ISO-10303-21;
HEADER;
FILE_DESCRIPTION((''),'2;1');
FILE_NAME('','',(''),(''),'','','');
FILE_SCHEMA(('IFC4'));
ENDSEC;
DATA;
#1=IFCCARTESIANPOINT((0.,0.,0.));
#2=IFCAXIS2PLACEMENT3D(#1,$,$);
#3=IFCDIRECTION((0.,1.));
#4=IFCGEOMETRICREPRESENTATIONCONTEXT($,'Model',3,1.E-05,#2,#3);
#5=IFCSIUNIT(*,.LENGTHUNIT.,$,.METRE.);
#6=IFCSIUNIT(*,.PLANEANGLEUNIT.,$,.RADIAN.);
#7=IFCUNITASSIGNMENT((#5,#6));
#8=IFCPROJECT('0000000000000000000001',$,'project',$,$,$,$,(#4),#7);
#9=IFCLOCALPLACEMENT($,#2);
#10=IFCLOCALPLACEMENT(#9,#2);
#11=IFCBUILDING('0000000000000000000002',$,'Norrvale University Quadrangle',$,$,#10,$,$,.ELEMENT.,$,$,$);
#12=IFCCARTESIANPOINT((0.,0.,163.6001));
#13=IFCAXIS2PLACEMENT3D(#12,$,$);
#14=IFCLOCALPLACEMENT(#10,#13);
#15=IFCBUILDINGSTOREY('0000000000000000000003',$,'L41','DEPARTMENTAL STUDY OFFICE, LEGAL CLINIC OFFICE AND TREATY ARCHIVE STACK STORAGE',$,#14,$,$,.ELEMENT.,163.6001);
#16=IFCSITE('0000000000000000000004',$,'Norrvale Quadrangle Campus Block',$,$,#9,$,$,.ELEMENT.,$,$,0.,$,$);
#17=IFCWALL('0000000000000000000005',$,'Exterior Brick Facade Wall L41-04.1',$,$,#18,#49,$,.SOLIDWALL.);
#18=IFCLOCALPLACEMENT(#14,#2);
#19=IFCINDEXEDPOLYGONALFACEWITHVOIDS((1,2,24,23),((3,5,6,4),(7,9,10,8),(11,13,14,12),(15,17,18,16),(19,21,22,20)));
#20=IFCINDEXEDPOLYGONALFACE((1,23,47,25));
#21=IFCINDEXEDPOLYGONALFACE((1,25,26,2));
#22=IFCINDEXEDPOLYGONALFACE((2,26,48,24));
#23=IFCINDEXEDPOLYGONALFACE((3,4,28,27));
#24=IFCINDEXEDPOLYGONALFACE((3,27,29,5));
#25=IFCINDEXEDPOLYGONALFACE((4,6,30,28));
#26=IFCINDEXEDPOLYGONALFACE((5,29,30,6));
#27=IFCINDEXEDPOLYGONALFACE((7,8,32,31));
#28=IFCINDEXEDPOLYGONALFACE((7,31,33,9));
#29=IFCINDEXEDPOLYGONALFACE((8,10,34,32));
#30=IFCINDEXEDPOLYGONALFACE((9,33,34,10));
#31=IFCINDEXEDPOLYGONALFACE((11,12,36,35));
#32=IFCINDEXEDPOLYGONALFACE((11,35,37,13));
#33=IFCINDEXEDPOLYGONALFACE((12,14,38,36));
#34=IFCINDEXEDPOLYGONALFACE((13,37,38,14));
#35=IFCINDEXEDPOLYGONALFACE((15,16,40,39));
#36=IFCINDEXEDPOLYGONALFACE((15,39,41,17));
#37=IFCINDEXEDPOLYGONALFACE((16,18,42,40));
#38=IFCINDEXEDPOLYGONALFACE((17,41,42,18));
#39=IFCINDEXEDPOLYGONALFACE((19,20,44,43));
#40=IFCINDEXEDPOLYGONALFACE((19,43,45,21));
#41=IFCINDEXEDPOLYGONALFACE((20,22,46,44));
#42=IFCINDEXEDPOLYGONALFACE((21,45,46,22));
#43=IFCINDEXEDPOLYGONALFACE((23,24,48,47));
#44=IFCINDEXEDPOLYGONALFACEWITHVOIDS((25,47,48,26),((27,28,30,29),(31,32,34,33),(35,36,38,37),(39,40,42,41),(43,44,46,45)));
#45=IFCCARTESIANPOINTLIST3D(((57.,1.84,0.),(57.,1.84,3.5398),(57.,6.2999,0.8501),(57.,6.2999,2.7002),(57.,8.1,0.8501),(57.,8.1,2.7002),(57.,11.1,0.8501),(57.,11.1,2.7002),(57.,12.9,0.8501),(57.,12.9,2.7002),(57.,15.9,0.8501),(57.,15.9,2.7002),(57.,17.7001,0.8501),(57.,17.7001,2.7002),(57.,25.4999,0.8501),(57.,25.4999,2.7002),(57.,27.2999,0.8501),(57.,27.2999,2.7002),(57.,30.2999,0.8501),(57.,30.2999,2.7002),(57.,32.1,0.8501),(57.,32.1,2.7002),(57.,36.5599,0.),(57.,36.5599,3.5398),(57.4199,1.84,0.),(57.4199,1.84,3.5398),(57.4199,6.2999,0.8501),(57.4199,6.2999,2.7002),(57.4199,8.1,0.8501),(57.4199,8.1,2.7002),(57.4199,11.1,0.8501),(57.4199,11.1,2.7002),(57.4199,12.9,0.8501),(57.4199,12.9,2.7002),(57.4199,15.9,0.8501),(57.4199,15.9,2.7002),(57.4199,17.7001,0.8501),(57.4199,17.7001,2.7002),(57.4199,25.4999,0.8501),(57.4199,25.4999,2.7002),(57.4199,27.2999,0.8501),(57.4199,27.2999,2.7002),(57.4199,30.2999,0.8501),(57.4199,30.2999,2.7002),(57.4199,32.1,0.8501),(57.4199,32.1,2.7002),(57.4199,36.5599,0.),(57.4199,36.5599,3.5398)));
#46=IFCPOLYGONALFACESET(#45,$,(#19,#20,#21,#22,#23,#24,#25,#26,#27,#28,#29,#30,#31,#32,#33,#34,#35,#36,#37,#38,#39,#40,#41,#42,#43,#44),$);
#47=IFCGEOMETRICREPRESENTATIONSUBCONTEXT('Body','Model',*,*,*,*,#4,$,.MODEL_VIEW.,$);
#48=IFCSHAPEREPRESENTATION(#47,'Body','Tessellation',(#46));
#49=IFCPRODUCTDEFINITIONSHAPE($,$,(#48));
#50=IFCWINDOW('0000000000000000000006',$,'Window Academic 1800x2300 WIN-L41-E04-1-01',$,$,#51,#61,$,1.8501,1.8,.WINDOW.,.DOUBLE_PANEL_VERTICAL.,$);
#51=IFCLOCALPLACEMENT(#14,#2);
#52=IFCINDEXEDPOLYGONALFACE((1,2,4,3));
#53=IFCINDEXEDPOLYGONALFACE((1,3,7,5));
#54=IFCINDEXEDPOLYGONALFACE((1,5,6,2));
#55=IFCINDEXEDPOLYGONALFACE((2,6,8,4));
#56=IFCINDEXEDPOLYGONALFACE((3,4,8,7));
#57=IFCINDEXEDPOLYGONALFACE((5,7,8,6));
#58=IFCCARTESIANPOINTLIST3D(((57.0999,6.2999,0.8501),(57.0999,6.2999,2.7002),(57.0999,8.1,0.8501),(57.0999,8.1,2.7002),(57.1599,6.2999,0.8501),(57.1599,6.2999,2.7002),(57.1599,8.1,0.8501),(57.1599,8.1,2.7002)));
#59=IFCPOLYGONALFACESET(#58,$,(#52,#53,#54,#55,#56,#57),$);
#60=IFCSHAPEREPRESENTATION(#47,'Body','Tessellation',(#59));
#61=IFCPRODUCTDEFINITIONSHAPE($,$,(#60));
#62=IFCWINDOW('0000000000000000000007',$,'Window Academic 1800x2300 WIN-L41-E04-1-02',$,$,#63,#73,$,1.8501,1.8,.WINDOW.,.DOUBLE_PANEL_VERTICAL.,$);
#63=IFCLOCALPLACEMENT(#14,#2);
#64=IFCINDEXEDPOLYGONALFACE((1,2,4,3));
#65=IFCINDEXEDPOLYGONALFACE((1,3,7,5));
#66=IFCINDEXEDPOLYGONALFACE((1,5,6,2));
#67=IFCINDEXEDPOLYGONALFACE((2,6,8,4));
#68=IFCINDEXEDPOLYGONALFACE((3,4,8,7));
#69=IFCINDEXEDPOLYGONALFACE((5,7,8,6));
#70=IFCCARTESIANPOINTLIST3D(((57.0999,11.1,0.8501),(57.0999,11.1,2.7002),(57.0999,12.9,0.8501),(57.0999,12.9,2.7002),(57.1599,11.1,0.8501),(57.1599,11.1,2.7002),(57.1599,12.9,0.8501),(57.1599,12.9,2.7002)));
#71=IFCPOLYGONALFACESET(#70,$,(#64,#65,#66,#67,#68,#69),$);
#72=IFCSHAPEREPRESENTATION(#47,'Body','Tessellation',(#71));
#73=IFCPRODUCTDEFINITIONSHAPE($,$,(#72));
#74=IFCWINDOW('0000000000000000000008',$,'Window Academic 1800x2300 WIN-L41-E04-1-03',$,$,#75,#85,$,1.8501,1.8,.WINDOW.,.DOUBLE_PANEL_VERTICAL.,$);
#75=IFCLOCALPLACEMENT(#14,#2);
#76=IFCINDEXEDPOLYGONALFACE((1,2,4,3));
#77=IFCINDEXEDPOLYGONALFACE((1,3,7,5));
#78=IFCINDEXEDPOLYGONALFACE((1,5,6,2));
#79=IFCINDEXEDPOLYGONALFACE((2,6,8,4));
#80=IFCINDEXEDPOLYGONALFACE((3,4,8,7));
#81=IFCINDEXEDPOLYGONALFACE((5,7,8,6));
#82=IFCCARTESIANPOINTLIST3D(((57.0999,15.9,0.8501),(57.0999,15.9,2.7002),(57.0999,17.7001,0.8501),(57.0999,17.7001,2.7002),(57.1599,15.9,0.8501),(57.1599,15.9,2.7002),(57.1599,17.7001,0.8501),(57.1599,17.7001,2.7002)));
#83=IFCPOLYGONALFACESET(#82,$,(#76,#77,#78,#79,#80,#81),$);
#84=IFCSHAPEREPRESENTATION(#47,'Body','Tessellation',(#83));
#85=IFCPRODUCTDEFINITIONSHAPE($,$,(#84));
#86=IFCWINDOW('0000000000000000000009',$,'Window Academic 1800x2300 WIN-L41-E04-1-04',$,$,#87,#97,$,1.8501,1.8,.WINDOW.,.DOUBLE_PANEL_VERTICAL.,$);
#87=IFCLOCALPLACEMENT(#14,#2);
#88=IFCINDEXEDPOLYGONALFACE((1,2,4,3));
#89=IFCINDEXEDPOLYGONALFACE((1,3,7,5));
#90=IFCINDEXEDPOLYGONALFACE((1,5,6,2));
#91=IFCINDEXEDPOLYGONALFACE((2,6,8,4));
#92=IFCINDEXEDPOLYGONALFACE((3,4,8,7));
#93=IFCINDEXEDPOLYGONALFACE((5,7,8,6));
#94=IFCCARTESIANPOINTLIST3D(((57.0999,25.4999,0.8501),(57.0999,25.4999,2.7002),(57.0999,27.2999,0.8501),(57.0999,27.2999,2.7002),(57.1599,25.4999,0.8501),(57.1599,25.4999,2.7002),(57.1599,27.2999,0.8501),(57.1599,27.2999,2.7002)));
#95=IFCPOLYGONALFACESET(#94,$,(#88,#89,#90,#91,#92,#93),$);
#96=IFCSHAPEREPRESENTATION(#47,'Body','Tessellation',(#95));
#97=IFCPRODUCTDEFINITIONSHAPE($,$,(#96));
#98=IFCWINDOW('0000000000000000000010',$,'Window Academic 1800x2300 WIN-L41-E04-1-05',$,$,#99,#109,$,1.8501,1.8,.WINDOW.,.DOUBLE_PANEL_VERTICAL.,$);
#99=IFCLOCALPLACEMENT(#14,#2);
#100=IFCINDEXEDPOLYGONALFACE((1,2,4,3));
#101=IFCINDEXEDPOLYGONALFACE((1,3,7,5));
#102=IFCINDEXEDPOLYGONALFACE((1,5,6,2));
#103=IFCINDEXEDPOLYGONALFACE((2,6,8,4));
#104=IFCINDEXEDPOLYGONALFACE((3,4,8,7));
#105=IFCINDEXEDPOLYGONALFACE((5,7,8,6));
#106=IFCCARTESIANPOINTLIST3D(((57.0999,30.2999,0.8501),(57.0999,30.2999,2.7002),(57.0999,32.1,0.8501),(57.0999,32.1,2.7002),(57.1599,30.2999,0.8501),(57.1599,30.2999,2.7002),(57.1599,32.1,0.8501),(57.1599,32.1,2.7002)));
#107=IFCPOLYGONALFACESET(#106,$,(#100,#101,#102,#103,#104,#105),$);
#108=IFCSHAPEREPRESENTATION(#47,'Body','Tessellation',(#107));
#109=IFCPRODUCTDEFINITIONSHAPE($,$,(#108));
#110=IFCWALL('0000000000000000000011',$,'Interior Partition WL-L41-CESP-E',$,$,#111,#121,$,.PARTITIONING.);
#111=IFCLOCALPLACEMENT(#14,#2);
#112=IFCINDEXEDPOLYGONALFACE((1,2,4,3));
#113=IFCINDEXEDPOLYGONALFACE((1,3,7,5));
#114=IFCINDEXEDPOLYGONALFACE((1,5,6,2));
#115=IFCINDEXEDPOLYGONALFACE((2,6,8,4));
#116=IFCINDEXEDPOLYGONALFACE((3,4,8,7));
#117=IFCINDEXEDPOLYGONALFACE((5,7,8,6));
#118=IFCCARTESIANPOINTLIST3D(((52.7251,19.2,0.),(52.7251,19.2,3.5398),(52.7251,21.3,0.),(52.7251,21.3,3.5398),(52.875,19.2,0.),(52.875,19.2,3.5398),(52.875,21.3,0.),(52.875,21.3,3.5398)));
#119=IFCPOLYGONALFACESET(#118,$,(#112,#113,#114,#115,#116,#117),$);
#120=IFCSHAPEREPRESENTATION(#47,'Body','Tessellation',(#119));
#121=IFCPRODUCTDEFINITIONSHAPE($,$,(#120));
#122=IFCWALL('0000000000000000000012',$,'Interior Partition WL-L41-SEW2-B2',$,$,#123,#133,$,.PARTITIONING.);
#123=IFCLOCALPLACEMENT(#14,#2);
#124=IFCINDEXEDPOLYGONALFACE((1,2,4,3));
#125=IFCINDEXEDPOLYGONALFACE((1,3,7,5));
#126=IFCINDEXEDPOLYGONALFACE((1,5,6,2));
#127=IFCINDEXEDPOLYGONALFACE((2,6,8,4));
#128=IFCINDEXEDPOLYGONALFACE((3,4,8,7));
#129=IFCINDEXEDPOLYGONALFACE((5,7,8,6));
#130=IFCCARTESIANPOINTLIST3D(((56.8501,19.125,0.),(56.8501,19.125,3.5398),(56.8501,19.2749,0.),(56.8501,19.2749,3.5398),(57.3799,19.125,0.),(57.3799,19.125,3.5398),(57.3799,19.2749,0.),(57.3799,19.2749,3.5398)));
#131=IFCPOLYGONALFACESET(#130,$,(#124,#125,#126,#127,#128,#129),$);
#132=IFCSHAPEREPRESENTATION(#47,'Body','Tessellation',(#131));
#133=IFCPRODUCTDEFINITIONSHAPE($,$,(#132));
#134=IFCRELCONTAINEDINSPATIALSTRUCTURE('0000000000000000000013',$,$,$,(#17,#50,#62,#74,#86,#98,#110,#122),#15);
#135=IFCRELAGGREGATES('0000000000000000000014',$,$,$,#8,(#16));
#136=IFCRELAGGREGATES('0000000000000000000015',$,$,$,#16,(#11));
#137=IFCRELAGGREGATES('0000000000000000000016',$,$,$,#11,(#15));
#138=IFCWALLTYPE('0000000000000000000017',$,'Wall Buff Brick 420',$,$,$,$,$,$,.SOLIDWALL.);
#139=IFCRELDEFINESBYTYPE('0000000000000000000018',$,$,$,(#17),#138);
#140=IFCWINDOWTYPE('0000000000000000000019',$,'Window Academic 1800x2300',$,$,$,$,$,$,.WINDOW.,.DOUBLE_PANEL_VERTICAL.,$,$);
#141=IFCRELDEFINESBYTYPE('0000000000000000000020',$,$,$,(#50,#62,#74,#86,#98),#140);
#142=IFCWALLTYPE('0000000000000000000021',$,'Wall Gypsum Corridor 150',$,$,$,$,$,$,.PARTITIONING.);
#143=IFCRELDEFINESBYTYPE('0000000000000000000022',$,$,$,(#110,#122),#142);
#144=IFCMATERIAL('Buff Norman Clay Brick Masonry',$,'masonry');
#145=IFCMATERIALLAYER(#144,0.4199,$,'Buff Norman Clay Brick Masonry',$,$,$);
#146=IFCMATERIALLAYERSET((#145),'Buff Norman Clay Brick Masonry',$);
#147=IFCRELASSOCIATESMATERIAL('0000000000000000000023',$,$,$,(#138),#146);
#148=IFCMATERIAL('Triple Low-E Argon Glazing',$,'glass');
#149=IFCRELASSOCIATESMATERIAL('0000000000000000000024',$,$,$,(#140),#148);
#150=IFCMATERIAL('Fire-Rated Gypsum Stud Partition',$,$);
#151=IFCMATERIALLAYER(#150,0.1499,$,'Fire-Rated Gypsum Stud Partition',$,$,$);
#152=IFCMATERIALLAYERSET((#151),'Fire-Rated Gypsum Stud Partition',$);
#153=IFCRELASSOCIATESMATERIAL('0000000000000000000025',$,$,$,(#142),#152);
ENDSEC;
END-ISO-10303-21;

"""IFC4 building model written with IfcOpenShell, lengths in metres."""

from ifc_helpers import new_model, si_unit, direction, frame, frame_2d, origin, place, context, subcontext, project, spatial, rectangle, extrude, material, layer, layer_set, type_object, element, fill, save


model = new_model("IFC4")

# Units and contexts
model_context = context("Model", 3, precision=1e-05, world=origin(), true_north=direction((0.0, 1.0)))
body_context = subcontext(model_context, "Body", "Model", "MODEL_VIEW")
ifc_project = project(units=[si_unit("LENGTHUNIT", "METRE"), si_unit("PLANEANGLEUNIT", "RADIAN")], contexts=[model_context])

# Site, building, storey
site_placement = place(None, origin())
site = spatial("IfcSite", under=ifc_project, at=site_placement, Name="Norrvale Quadrangle Campus Block", CompositionType="ELEMENT", RefElevation=0.0)
building_placement = place(site_placement, origin())
building = spatial("IfcBuilding", under=site, at=building_placement, Name="Norrvale University Quadrangle", CompositionType="ELEMENT")
storey_placement = place(building_placement, frame((0.0, 0.0, 163.6001)))
storey = spatial("IfcBuildingStorey", under=building, at=storey_placement, Name="L41", Description="DEPARTMENTAL STUDY OFFICE, LEGAL CLINIC OFFICE AND TREATY ARCHIVE STACK STORAGE", CompositionType="ELEMENT", Elevation=163.6001)

# Shared definitions
ifc_material_1 = material(Name="Buff Norman Clay Brick Masonry", Category="masonry")
ifc_layer_1 = layer(ifc_material_1, 0.4199, Name="Buff Norman Clay Brick Masonry")
ifc_layer_set_1 = layer_set([ifc_layer_1], Name="Buff Norman Clay Brick Masonry")
wall_type_1 = type_object("IfcWallType", Name="Wall Buff Brick 420", PredefinedType="SOLIDWALL", material=ifc_layer_set_1)

# Wall, openings, windows
wall_1_placement = place(storey_placement, frame((57.21, 1.8401, 0.0), z_axis=(0.0, 0.0, 1.0), x_axis=(0.0, 1.0, 0.0)))
wall_1 = element("IfcWall", 1, at=wall_1_placement, inside=storey, type_object=wall_type_1, Name="Exterior Brick Facade Wall L41-04.1", PredefinedType="SOLIDWALL", context=body_context, shape_type="SweptSolid", body=[
    extrude(rectangle(XDim=34.72, YDim=0.4199, at=frame_2d((17.3599, 0.0))), origin(), (0.0, 0.0, 1.0), 3.5398),
])
opening_1_placement = place(wall_1_placement, frame((4.46, 0.0, 0.8501)))
opening_1 = element("IfcOpeningElement", 2, at=opening_1_placement, cuts=wall_1, PredefinedType="OPENING", context=body_context, shape_type="SweptSolid", body=[
    extrude(rectangle(XDim=1.8, YDim=1.8501, at=frame_2d((0.8999, 0.925))), frame((0.0, 0.2219, 0.0), z_axis=(0.0, -1.0, 0.0), x_axis=(1.0, 0.0, 0.0)), (0.0, 0.0, 1.0), 0.4438),
])
opening_2_placement = place(wall_1_placement, frame((9.26, 0.0, 0.8501)))
opening_2 = element("IfcOpeningElement", 3, at=opening_2_placement, cuts=wall_1, PredefinedType="OPENING", context=body_context, shape_type="SweptSolid", body=[
    extrude(rectangle(XDim=1.8, YDim=1.8501, at=frame_2d((0.8999, 0.925))), frame((0.0, 0.2219, 0.0), z_axis=(0.0, -1.0, 0.0), x_axis=(1.0, 0.0, 0.0)), (0.0, 0.0, 1.0), 0.4438),
])
opening_3_placement = place(wall_1_placement, frame((14.0601, 0.0, 0.8501)))
opening_3 = element("IfcOpeningElement", 4, at=opening_3_placement, cuts=wall_1, PredefinedType="OPENING", context=body_context, shape_type="SweptSolid", body=[
    extrude(rectangle(XDim=1.8, YDim=1.8501, at=frame_2d((0.8999, 0.925))), frame((0.0, 0.2219, 0.0), z_axis=(0.0, -1.0, 0.0), x_axis=(1.0, 0.0, 0.0)), (0.0, 0.0, 1.0), 0.4438),
])
opening_4_placement = place(wall_1_placement, frame((23.6599, 0.0, 0.8501)))
opening_4 = element("IfcOpeningElement", 5, at=opening_4_placement, cuts=wall_1, PredefinedType="OPENING", context=body_context, shape_type="SweptSolid", body=[
    extrude(rectangle(XDim=1.8, YDim=1.8501, at=frame_2d((0.8999, 0.925))), frame((0.0, 0.2219, 0.0), z_axis=(0.0, -1.0, 0.0), x_axis=(1.0, 0.0, 0.0)), (0.0, 0.0, 1.0), 0.4438),
])
opening_5_placement = place(wall_1_placement, frame((28.46, 0.0, 0.8501)))
opening_5 = element("IfcOpeningElement", 6, at=opening_5_placement, cuts=wall_1, PredefinedType="OPENING", context=body_context, shape_type="SweptSolid", body=[
    extrude(rectangle(XDim=1.8, YDim=1.8501, at=frame_2d((0.8999, 0.925))), frame((0.0, 0.2219, 0.0), z_axis=(0.0, -1.0, 0.0), x_axis=(1.0, 0.0, 0.0)), (0.0, 0.0, 1.0), 0.4438),
])
ifc_material_2 = material(Name="Triple Low-E Argon Glazing", Category="glass")
window_type = type_object("IfcWindowType", Name="Window Academic 1800x2300", PartitioningType="DOUBLE_PANEL_VERTICAL", PredefinedType="WINDOW", material=ifc_material_2)
window_1_placement = place(opening_1_placement, origin())
window_1 = element("IfcWindow", 7, at=window_1_placement, inside=storey, type_object=window_type, Name="Window Academic 1800x2300 WIN-L41-E04-1-01", OverallHeight=1.8501, OverallWidth=1.8, PartitioningType="DOUBLE_PANEL_VERTICAL", PredefinedType="WINDOW", context=body_context, shape_type="SweptSolid", body=[
    extrude(rectangle(XDim=1.8, YDim=1.8501, at=frame_2d((0.8999, 0.925))), frame((0.0, 0.1101, 0.0), z_axis=(0.0, -1.0, 0.0), x_axis=(1.0, 0.0, 0.0)), (0.0, 0.0, 1.0), 0.0601),
])
fill(opening_1, window_1)
window_2_placement = place(opening_2_placement, origin())
window_2 = element("IfcWindow", 8, at=window_2_placement, inside=storey, type_object=window_type, Name="Window Academic 1800x2300 WIN-L41-E04-1-02", OverallHeight=1.8501, OverallWidth=1.8, PartitioningType="DOUBLE_PANEL_VERTICAL", PredefinedType="WINDOW", context=body_context, shape_type="SweptSolid", body=[
    extrude(rectangle(XDim=1.8, YDim=1.8501, at=frame_2d((0.8999, 0.925))), frame((0.0, 0.1101, 0.0), z_axis=(0.0, -1.0, 0.0), x_axis=(1.0, 0.0, 0.0)), (0.0, 0.0, 1.0), 0.0601),
])
fill(opening_2, window_2)
window_3_placement = place(opening_3_placement, origin())
window_3 = element("IfcWindow", 9, at=window_3_placement, inside=storey, type_object=window_type, Name="Window Academic 1800x2300 WIN-L41-E04-1-03", OverallHeight=1.8501, OverallWidth=1.8, PartitioningType="DOUBLE_PANEL_VERTICAL", PredefinedType="WINDOW", context=body_context, shape_type="SweptSolid", body=[
    extrude(rectangle(XDim=1.8, YDim=1.8501, at=frame_2d((0.8999, 0.925))), frame((0.0, 0.1101, 0.0), z_axis=(0.0, -1.0, 0.0), x_axis=(1.0, 0.0, 0.0)), (0.0, 0.0, 1.0), 0.0601),
])
fill(opening_3, window_3)
window_4_placement = place(opening_4_placement, origin())
window_4 = element("IfcWindow", 10, at=window_4_placement, inside=storey, type_object=window_type, Name="Window Academic 1800x2300 WIN-L41-E04-1-04", OverallHeight=1.8501, OverallWidth=1.8, PartitioningType="DOUBLE_PANEL_VERTICAL", PredefinedType="WINDOW", context=body_context, shape_type="SweptSolid", body=[
    extrude(rectangle(XDim=1.8, YDim=1.8501, at=frame_2d((0.8999, 0.925))), frame((0.0, 0.1101, 0.0), z_axis=(0.0, -1.0, 0.0), x_axis=(1.0, 0.0, 0.0)), (0.0, 0.0, 1.0), 0.0601),
])
fill(opening_4, window_4)
window_5_placement = place(opening_5_placement, origin())
window_5 = element("IfcWindow", 11, at=window_5_placement, inside=storey, type_object=window_type, Name="Window Academic 1800x2300 WIN-L41-E04-1-05", OverallHeight=1.8501, OverallWidth=1.8, PartitioningType="DOUBLE_PANEL_VERTICAL", PredefinedType="WINDOW", context=body_context, shape_type="SweptSolid", body=[
    extrude(rectangle(XDim=1.8, YDim=1.8501, at=frame_2d((0.8999, 0.925))), frame((0.0, 0.1101, 0.0), z_axis=(0.0, -1.0, 0.0), x_axis=(1.0, 0.0, 0.0)), (0.0, 0.0, 1.0), 0.0601),
])
fill(opening_5, window_5)

# Walls
ifc_material_3 = material(Name="Fire-Rated Gypsum Stud Partition")
ifc_layer_2 = layer(ifc_material_3, 0.1499, Name="Fire-Rated Gypsum Stud Partition")
ifc_layer_set_2 = layer_set([ifc_layer_2], Name="Fire-Rated Gypsum Stud Partition")
wall_type_2 = type_object("IfcWallType", Name="Wall Gypsum Corridor 150", PredefinedType="PARTITIONING", material=ifc_layer_set_2)
wall_2_placement = place(storey_placement, frame((52.8, 19.2, 0.0), z_axis=(0.0, 0.0, 1.0), x_axis=(0.0, 1.0, 0.0)))
element("IfcWall", 12, at=wall_2_placement, inside=storey, type_object=wall_type_2, Name="Interior Partition WL-L41-CESP-E", PredefinedType="PARTITIONING", context=body_context, shape_type="SweptSolid", body=[
    extrude(rectangle(XDim=2.1001, YDim=0.1499, at=frame_2d((1.05, 0.0))), origin(), (0.0, 0.0, 1.0), 3.5398),
])
wall_3_placement = place(storey_placement, frame((56.8501, 19.2, 0.0), z_axis=(0.0, 0.0, 1.0), x_axis=(1.0, 0.0, 0.0)))
element("IfcWall", 13, at=wall_3_placement, inside=storey, type_object=wall_type_2, Name="Interior Partition WL-L41-SEW2-B2", PredefinedType="PARTITIONING", context=body_context, shape_type="SweptSolid", body=[
    extrude(rectangle(XDim=0.5298, YDim=0.1499, at=frame_2d((0.2649, 0.0))), origin(), (0.0, 0.0, 1.0), 3.5398),
])

save(model, "model.ifc")
